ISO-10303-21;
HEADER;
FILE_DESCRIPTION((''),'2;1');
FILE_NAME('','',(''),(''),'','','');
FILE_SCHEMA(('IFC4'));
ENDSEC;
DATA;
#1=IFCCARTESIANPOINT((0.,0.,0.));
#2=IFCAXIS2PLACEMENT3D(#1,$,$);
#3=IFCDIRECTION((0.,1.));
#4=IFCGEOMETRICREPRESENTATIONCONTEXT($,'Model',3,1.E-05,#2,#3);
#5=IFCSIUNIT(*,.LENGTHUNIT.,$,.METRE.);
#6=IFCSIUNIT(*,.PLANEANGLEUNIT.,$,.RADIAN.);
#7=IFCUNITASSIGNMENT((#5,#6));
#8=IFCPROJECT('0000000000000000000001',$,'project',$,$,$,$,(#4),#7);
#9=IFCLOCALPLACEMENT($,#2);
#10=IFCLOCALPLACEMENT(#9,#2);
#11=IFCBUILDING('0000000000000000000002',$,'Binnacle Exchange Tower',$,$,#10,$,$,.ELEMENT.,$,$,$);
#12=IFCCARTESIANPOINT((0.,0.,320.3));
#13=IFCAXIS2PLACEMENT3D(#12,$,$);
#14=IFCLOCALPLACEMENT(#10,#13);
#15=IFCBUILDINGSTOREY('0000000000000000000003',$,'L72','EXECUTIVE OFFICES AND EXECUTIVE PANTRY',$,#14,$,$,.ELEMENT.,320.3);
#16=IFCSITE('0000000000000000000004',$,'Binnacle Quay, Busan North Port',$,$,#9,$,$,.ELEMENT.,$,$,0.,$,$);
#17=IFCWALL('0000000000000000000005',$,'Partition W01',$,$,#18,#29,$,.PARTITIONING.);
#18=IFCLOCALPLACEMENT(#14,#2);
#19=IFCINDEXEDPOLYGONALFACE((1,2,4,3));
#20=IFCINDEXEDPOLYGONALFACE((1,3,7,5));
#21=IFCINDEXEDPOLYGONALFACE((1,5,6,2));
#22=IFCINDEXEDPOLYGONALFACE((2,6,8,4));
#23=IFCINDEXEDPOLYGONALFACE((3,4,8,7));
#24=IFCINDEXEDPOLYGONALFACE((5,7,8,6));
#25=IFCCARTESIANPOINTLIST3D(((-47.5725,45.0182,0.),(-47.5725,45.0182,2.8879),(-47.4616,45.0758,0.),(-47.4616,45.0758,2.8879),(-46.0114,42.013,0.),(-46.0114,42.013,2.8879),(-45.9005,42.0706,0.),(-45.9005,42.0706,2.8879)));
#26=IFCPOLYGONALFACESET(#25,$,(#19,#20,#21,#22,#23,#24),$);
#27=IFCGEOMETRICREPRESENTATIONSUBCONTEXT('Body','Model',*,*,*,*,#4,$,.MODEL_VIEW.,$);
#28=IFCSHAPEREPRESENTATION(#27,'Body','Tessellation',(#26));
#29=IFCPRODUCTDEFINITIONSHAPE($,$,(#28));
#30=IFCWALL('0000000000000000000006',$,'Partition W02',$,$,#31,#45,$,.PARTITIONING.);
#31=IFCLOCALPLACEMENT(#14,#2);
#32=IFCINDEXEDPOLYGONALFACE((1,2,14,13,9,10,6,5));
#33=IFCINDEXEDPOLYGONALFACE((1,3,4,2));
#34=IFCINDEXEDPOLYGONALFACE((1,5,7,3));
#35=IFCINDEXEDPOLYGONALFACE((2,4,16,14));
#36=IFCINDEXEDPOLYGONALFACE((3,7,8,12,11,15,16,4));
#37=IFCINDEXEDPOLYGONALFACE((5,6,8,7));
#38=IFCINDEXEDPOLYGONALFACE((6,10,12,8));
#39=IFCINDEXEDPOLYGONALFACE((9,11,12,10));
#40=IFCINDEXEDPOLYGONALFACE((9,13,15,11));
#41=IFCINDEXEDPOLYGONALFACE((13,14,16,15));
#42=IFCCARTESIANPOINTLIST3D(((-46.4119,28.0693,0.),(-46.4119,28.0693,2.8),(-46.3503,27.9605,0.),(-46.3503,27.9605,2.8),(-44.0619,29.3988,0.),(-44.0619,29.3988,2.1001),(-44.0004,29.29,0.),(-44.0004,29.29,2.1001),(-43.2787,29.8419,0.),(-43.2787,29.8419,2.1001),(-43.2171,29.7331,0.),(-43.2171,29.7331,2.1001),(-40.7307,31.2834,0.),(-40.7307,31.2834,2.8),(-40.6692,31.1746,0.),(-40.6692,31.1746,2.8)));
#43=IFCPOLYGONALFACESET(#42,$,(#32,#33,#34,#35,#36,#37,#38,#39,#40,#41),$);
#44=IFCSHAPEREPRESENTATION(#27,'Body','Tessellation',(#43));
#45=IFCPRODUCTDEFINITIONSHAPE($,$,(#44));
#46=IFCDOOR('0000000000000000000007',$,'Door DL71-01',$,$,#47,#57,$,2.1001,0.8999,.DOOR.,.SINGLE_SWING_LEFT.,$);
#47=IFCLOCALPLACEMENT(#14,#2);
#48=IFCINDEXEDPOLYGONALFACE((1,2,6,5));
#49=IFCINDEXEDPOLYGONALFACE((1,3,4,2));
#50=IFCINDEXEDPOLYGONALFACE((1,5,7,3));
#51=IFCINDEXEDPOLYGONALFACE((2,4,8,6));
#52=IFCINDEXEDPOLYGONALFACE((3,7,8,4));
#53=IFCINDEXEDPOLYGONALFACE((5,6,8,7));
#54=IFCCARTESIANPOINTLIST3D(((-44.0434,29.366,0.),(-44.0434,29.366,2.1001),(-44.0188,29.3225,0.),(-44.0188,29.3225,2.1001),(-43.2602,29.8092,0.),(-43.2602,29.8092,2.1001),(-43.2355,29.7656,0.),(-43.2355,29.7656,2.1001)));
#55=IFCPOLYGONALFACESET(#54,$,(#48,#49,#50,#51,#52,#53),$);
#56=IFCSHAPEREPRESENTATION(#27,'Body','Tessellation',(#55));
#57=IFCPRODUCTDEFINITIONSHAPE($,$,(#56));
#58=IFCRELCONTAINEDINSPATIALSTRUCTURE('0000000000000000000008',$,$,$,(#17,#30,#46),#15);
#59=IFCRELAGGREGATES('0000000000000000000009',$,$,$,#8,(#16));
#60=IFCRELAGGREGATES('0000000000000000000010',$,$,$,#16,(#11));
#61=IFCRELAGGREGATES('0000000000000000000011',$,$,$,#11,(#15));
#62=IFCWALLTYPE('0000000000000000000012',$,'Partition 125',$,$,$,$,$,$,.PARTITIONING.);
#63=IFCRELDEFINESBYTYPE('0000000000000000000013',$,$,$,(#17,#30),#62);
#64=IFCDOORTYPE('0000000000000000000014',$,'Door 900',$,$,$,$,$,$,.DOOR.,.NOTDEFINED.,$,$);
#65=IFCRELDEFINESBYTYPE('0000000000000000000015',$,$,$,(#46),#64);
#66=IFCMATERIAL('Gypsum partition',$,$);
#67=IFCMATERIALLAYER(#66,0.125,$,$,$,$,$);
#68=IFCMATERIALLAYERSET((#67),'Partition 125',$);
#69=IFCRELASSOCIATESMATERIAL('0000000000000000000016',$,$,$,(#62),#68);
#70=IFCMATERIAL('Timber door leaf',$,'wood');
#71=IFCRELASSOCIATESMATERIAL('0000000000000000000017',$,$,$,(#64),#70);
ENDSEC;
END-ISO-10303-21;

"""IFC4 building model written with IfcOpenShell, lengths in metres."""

from ifc_helpers import new_model, si_unit, direction, frame, frame_2d, origin, place, context, subcontext, project, spatial, rectangle, extrude, material, layer, layer_set, type_object, element, fill, save


model = new_model("IFC4")

# Units and contexts
model_context = context("Model", 3, precision=1e-05, world=origin(), true_north=direction((0.0, 1.0)))
body_context = subcontext(model_context, "Body", "Model", "MODEL_VIEW")
ifc_project = project(units=[si_unit("LENGTHUNIT", "METRE"), si_unit("PLANEANGLEUNIT", "RADIAN")], contexts=[model_context])

# Site, building, storey
site_placement = place(None, origin())
site = spatial("IfcSite", under=ifc_project, at=site_placement, Name="Binnacle Quay, Busan North Port", CompositionType="ELEMENT", RefElevation=0.0)
building_placement = place(site_placement, origin())
building = spatial("IfcBuilding", under=site, at=building_placement, Name="Binnacle Exchange Tower", CompositionType="ELEMENT")
storey_placement = place(building_placement, frame((0.0, 0.0, 320.3)))
storey = spatial("IfcBuildingStorey", under=building, at=storey_placement, Name="L72", Description="EXECUTIVE OFFICES AND EXECUTIVE PANTRY", CompositionType="ELEMENT", Elevation=320.3)

# Wall
ifc_material_1 = material(Name="Gypsum partition")
ifc_layer_1 = layer(ifc_material_1, 0.125)
ifc_layer_set_1 = layer_set([ifc_layer_1], Name="Partition 125")
wall_type_1 = type_object("IfcWallType", Name="Partition 125", PredefinedType="PARTITIONING", material=ifc_layer_set_1)
wall_1_placement = place(storey_placement, frame((-47.5171, 45.0471, 0.0), z_axis=(0.0, 0.0, 1.0), x_axis=(0.460974, -0.887414, 0.0)))
element("IfcWall", 1, at=wall_1_placement, inside=storey, type_object=wall_type_1, Name="Partition W01", PredefinedType="PARTITIONING", context=body_context, shape_type="SweptSolid", body=[
    extrude(rectangle(XDim=3.3865, YDim=0.125, at=frame_2d((1.6934, 0.0))), origin(), (0.0, 0.0, 1.0), 2.8879),
])

# Wall, opening, door
wall_2_placement = place(storey_placement, frame((-46.3811, 28.0149, 0.0), z_axis=(0.0, 0.0, 1.0), x_axis=(0.870364, 0.492408, 0.0)))
wall_2 = element("IfcWall", 2, at=wall_2_placement, inside=storey, type_object=wall_type_1, Name="Partition W02", PredefinedType="PARTITIONING", context=body_context, shape_type="SweptSolid", body=[
    extrude(rectangle(XDim=6.5273, YDim=0.125, at=frame_2d((3.2637, 0.0))), origin(), (0.0, 0.0, 1.0), 2.8),
])
opening_placement = place(wall_2_placement, frame((2.7, 0.0, 0.0)))
opening = element("IfcOpeningElement", 3, at=opening_placement, cuts=wall_2, PredefinedType="OPENING", context=body_context, shape_type="SweptSolid", body=[
    extrude(rectangle(XDim=0.8999, YDim=2.1001, at=frame_2d((0.45, 1.05))), frame((0.0, 0.0725, 0.0), z_axis=(0.0, -1.0, 0.0), x_axis=(1.0, 0.0, 0.0)), (0.0, 0.0, 1.0), 0.145),
])
ifc_material_2 = material(Name="Timber door leaf", Category="wood")
door_type = type_object("IfcDoorType", Name="Door 900", OperationType="NOTDEFINED", PredefinedType="DOOR", material=ifc_material_2)
door_placement = place(opening_placement, origin())
door = element("IfcDoor", 4, at=door_placement, inside=storey, type_object=door_type, Name="Door DL71-01", OperationType="SINGLE_SWING_LEFT", OverallHeight=2.1001, OverallWidth=0.8999, PredefinedType="DOOR", context=body_context, shape_type="SweptSolid", body=[
    extrude(rectangle(XDim=0.8999, YDim=2.1001, at=frame_2d((0.45, 1.05))), frame((0.0, 0.0249, 0.0), z_axis=(0.0, -1.0, 0.0), x_axis=(1.0, 0.0, 0.0)), (0.0, 0.0, 1.0), 0.05),
])
fill(opening, door)

save(model, "model.ifc")
